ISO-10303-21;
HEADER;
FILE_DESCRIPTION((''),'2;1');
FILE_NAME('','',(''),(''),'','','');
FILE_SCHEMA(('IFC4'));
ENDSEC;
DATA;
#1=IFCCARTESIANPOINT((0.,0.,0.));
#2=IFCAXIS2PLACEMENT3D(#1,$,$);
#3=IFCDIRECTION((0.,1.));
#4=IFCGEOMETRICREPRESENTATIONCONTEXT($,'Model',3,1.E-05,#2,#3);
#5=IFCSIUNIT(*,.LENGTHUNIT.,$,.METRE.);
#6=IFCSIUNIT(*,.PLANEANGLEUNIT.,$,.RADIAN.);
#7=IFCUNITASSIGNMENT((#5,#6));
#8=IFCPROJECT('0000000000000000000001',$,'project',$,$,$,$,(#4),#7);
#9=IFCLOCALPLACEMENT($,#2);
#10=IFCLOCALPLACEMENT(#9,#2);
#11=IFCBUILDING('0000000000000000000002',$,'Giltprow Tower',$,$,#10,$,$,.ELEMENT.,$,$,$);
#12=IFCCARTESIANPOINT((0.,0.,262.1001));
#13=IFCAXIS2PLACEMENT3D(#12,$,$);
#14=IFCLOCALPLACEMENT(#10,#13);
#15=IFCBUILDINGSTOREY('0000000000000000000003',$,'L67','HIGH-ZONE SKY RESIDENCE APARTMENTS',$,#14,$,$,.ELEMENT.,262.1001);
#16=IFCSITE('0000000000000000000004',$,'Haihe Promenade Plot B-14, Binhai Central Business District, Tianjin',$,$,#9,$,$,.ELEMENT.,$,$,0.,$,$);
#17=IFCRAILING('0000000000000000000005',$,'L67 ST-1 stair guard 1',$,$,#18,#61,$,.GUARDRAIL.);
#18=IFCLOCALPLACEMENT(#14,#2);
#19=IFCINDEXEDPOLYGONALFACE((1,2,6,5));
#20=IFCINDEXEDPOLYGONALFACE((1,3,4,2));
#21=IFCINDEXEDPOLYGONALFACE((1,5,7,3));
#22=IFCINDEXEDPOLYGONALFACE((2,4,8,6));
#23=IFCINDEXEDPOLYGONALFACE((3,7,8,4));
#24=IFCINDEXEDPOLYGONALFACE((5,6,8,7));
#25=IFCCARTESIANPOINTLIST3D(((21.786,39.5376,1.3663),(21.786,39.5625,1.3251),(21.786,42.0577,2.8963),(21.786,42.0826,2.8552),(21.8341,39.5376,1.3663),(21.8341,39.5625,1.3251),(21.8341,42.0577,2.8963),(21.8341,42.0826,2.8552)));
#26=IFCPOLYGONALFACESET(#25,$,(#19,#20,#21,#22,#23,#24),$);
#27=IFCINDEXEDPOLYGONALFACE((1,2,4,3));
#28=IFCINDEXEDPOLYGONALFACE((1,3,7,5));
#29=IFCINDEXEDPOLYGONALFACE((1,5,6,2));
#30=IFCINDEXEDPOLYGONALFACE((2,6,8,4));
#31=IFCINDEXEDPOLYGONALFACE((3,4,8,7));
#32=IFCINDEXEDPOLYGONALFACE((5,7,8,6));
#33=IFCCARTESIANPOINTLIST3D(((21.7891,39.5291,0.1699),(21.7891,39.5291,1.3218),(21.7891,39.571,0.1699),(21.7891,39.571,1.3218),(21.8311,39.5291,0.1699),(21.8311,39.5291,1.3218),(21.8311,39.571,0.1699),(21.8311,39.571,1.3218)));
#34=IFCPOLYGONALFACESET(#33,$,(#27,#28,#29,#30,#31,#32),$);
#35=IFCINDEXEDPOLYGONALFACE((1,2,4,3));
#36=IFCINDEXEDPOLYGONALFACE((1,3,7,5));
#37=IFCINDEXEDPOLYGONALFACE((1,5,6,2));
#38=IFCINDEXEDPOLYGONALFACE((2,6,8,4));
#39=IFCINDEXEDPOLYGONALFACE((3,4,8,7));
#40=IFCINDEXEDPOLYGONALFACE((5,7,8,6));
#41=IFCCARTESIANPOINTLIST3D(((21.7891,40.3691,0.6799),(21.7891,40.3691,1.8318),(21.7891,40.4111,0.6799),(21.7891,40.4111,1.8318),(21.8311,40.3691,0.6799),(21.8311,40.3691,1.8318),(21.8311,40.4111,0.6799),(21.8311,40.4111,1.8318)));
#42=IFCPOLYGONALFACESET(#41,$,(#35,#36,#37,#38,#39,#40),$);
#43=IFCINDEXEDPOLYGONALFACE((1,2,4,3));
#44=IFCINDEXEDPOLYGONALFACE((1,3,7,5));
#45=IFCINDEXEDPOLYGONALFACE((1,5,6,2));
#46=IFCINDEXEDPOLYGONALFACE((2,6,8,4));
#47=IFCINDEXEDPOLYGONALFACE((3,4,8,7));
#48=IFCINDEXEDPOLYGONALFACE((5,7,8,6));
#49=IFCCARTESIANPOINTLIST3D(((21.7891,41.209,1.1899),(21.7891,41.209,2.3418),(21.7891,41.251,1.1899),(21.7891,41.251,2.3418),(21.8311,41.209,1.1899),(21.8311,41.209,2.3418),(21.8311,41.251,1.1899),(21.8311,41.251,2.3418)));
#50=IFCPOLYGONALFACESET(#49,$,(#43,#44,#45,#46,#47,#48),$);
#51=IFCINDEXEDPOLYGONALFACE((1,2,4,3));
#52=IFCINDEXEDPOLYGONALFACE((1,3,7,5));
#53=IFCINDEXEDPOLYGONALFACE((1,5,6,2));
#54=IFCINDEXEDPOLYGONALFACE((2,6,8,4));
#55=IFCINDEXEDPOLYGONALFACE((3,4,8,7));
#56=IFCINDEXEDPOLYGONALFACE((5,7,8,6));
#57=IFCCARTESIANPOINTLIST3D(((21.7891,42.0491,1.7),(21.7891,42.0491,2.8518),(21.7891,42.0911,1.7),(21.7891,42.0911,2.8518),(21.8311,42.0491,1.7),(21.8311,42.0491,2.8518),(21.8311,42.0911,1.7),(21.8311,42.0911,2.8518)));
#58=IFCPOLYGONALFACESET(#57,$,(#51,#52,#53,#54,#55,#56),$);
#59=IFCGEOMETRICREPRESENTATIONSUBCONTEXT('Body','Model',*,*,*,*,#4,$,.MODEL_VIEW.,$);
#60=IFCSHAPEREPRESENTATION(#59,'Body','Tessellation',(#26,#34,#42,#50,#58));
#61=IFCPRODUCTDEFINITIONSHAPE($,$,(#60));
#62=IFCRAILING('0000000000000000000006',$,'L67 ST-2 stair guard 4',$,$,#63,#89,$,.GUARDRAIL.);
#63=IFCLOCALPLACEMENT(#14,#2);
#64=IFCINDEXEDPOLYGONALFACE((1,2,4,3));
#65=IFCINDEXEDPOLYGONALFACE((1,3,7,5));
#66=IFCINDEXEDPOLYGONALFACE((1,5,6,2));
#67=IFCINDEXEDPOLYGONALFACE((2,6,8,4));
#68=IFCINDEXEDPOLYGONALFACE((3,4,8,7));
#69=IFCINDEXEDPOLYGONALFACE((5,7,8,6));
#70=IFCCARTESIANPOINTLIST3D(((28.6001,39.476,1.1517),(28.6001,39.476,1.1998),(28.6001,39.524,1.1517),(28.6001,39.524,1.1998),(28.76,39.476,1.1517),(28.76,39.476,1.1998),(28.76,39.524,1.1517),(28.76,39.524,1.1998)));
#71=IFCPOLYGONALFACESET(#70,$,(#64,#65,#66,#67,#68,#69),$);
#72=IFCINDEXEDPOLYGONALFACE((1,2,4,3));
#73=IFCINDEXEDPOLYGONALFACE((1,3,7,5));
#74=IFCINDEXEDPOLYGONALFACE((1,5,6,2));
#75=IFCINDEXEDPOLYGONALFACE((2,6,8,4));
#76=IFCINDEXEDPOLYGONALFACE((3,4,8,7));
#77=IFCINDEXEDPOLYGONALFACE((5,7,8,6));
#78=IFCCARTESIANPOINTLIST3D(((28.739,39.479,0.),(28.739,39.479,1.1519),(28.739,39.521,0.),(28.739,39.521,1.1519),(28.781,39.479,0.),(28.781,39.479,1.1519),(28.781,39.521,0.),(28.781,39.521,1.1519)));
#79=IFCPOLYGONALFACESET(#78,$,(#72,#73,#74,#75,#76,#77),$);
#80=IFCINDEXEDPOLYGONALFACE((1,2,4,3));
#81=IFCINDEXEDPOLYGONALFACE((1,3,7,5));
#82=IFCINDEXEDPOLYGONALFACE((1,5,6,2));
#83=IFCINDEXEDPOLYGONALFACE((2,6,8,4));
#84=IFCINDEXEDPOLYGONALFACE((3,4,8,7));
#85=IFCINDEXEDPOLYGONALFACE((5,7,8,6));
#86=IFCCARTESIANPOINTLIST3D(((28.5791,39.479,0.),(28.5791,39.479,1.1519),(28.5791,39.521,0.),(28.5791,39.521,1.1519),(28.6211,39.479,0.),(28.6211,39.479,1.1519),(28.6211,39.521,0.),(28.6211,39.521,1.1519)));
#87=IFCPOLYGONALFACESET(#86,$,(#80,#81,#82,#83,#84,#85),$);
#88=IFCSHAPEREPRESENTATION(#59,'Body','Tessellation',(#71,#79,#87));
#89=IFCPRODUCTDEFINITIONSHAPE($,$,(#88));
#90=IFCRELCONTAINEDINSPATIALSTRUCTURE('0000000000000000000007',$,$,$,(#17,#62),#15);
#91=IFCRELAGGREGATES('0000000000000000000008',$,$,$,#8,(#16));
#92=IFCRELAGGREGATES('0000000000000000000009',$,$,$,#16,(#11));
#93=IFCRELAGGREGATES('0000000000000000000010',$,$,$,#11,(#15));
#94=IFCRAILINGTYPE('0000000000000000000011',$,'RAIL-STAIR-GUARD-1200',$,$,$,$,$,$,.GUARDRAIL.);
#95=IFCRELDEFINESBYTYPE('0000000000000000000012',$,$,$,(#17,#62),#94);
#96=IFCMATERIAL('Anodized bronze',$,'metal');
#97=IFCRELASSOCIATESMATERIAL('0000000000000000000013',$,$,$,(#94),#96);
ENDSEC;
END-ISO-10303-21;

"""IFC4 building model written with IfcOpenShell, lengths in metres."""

from ifc_helpers import new_model, si_unit, direction, frame, origin, origin_2d, place, context, subcontext, project, spatial, rectangle, extrude, material, type_object, element, save


model = new_model("IFC4")

# Units and contexts
model_context = context("Model", 3, precision=1e-05, world=origin(), true_north=direction((0.0, 1.0)))
body_context = subcontext(model_context, "Body", "Model", "MODEL_VIEW")
ifc_project = project(units=[si_unit("LENGTHUNIT", "METRE"), si_unit("PLANEANGLEUNIT", "RADIAN")], contexts=[model_context])

# Site, building, storey
site_placement = place(None, origin())
site = spatial("IfcSite", under=ifc_project, at=site_placement, Name="Haihe Promenade Plot B-14, Binhai Central Business District, Tianjin", CompositionType="ELEMENT", RefElevation=0.0)
building_placement = place(site_placement, origin())
building = spatial("IfcBuilding", under=site, at=building_placement, Name="Giltprow Tower", CompositionType="ELEMENT")
storey_placement = place(building_placement, frame((0.0, 0.0, 262.1001)))
storey = spatial("IfcBuildingStorey", under=building, at=storey_placement, Name="L67", Description="HIGH-ZONE SKY RESIDENCE APARTMENTS", CompositionType="ELEMENT", Elevation=262.1001)

# Railings
ifc_material_1 = material(Name="Anodized bronze", Category="metal")
railing_type = type_object("IfcRailingType", Name="RAIL-STAIR-GUARD-1200", PredefinedType="GUARDRAIL", material=ifc_material_1)
railing_1_placement = place(storey_placement, frame((21.8101, 39.55, 0.1699)))
element("IfcRailing", 1, at=railing_1_placement, inside=storey, type_object=railing_type, Name="L67 ST-1 stair guard 1", PredefinedType="GUARDRAIL", context=body_context, shape_type="SweptSolid", body=[
    extrude(rectangle(XDim=0.0481, YDim=0.0481, at=origin_2d()), frame((0.0, 0.0, 1.1758), z_axis=(0.0, 0.854785, 0.518982), x_axis=(-1.0, 0.0, 0.0)), (0.0, 0.0, 1.0), 2.9482),
    extrude(rectangle(XDim=0.042, YDim=0.042, at=origin_2d()), origin(), (0.0, 0.0, 1.0), 1.1519),
    extrude(rectangle(XDim=0.042, YDim=0.042, at=origin_2d()), frame((0.0, 0.8401, 0.51)), (0.0, 0.0, 1.0), 1.1519),
    extrude(rectangle(XDim=0.042, YDim=0.042, at=origin_2d()), frame((0.0, 1.6799, 1.02)), (0.0, 0.0, 1.0), 1.1519),
    extrude(rectangle(XDim=0.042, YDim=0.042, at=origin_2d()), frame((0.0, 2.52, 1.53)), (0.0, 0.0, 1.0), 1.1519),
])
railing_2_placement = place(storey_placement, frame((28.76, 39.5, 0.0)))
element("IfcRailing", 2, at=railing_2_placement, inside=storey, type_object=railing_type, Name="L67 ST-2 stair guard 4", PredefinedType="GUARDRAIL", context=body_context, shape_type="SweptSolid", body=[
    extrude(rectangle(XDim=0.0481, YDim=0.0481, at=origin_2d()), frame((0.0, 0.0, 1.1758), z_axis=(-1.0, 0.0, 0.0), x_axis=(0.0, -1.0, 0.0)), (0.0, 0.0, 1.0), 0.1599),
    extrude(rectangle(XDim=0.042, YDim=0.042, at=origin_2d()), origin(), (0.0, 0.0, 1.0), 1.1519),
    extrude(rectangle(XDim=0.042, YDim=0.042, at=origin_2d()), frame((-0.1599, 0.0, 0.0)), (0.0, 0.0, 1.0), 1.1519),
])

save(model, "model.ifc")
